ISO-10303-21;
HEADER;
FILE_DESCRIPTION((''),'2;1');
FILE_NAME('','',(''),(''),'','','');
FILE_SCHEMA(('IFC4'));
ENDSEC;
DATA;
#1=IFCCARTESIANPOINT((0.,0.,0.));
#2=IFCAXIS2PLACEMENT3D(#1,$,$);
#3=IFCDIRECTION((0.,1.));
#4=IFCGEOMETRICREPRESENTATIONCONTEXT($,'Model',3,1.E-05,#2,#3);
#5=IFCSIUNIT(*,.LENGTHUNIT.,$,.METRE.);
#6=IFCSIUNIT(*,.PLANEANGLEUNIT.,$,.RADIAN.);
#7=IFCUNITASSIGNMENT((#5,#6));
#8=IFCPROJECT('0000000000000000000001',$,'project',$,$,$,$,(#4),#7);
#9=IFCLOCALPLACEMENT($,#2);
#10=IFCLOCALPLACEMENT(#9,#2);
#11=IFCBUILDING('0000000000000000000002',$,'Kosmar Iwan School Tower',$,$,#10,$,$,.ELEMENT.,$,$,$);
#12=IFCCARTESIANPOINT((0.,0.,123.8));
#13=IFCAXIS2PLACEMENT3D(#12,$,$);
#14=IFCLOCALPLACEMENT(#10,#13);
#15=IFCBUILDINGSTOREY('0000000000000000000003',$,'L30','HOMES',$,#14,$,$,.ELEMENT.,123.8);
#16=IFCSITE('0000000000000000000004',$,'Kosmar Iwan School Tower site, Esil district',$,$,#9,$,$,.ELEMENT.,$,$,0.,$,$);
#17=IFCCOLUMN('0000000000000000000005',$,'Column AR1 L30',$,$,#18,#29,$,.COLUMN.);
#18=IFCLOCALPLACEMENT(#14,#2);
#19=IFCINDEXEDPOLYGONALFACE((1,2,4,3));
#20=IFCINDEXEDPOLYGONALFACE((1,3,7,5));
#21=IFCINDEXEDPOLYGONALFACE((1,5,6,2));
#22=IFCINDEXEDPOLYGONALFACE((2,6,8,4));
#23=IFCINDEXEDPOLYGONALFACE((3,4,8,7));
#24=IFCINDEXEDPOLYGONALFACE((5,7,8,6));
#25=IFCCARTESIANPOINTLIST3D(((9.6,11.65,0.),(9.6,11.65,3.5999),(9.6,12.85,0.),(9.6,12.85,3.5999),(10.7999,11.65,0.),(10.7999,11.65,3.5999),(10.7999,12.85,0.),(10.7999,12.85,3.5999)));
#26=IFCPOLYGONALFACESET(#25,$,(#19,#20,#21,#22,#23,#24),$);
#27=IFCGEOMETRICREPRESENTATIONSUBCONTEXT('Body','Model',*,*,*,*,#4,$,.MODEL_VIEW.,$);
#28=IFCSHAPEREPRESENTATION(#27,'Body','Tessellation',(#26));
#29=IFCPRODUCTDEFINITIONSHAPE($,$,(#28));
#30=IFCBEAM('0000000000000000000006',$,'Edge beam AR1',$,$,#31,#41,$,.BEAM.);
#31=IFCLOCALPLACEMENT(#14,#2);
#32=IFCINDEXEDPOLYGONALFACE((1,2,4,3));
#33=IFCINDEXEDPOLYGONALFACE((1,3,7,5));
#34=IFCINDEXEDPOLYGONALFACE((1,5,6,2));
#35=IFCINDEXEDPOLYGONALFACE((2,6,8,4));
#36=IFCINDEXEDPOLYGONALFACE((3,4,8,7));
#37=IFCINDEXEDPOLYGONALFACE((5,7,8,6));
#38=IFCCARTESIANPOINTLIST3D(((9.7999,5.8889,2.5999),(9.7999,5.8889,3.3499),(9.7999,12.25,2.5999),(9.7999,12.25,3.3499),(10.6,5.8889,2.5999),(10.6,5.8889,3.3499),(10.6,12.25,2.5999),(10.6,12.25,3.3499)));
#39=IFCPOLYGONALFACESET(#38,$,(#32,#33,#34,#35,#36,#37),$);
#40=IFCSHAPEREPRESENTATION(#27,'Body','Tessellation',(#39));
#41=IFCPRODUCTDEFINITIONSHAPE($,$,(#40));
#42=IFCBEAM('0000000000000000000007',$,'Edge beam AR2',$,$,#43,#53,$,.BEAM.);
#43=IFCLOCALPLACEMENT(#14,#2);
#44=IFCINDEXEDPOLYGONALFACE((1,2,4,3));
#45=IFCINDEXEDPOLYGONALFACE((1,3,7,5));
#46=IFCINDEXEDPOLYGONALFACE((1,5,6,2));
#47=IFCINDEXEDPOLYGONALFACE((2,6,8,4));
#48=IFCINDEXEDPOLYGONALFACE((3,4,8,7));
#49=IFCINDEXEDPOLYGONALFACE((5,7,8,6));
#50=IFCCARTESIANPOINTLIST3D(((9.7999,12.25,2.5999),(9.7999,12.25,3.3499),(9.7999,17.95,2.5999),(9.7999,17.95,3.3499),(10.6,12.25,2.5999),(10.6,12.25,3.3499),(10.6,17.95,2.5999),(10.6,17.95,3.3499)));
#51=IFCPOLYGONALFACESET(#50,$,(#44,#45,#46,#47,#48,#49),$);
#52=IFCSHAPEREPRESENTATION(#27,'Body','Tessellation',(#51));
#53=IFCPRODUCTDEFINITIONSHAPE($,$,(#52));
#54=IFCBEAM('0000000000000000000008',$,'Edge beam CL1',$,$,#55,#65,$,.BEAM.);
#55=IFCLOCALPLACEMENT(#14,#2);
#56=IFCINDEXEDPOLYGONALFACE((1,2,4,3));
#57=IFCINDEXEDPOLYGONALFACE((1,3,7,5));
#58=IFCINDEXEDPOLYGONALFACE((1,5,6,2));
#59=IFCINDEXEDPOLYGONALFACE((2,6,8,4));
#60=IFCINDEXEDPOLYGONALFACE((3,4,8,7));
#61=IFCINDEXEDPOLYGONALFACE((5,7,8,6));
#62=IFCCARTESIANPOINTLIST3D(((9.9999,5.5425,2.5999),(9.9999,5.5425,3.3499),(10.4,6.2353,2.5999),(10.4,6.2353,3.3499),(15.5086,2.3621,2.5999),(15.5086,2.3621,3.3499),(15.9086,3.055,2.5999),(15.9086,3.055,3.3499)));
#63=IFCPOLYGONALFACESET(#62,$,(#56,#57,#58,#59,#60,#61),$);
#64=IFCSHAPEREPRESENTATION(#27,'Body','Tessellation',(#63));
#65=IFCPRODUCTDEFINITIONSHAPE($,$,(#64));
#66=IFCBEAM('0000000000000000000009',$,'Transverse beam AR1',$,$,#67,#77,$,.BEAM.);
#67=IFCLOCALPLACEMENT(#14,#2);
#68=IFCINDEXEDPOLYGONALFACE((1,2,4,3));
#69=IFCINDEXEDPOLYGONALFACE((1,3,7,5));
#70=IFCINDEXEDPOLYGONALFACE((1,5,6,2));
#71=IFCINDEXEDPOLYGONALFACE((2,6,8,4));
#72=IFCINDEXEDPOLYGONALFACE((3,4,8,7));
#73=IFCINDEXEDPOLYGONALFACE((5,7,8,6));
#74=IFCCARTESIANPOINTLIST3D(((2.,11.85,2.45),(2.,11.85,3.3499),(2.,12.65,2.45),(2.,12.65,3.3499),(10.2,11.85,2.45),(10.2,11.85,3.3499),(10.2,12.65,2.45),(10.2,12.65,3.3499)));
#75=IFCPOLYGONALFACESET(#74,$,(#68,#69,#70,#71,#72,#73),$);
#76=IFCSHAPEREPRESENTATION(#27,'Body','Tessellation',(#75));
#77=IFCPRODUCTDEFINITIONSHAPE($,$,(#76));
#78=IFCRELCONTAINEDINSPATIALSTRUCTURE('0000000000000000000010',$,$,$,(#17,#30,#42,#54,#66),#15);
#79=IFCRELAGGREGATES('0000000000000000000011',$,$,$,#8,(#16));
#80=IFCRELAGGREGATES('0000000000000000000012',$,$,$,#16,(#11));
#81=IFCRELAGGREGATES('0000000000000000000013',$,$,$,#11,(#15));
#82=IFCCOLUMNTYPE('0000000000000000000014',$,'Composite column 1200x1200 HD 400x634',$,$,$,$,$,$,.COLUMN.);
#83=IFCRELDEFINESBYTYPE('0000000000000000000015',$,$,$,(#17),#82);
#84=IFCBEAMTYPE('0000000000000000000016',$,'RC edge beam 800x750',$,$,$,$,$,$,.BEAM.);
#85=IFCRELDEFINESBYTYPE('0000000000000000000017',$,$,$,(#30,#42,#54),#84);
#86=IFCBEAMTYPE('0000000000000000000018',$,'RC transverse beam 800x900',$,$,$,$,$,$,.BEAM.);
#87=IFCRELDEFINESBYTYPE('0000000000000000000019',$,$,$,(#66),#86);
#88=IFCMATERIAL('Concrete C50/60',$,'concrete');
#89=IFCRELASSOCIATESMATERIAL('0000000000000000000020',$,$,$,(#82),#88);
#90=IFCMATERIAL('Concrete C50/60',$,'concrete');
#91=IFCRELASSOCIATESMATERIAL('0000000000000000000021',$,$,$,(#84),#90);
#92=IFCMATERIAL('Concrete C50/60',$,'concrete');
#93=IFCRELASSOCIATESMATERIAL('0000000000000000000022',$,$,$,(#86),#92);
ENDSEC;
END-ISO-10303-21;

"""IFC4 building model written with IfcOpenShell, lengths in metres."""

from ifc_helpers import new_model, si_unit, direction, frame, origin, origin_2d, place, context, subcontext, project, spatial, rectangle, extrude, material, material_profile, profile_set, type_object, element, save


model = new_model("IFC4")

# Units and contexts
model_context = context("Model", 3, precision=1e-05, world=origin(), true_north=direction((0.0, 1.0)))
body_context = subcontext(model_context, "Body", "Model", "MODEL_VIEW")
ifc_project = project(units=[si_unit("LENGTHUNIT", "METRE"), si_unit("PLANEANGLEUNIT", "RADIAN")], contexts=[model_context])

# Site, building, storey
site_placement = place(None, origin())
site = spatial("IfcSite", under=ifc_project, at=site_placement, Name="Kosmar Iwan School Tower site, Esil district", CompositionType="ELEMENT", RefElevation=0.0)
building_placement = place(site_placement, origin())
building = spatial("IfcBuilding", under=site, at=building_placement, Name="Kosmar Iwan School Tower", CompositionType="ELEMENT")
storey_placement = place(building_placement, frame((0.0, 0.0, 123.8)))
storey = spatial("IfcBuildingStorey", under=building, at=storey_placement, Name="L30", Description="HOMES", CompositionType="ELEMENT", Elevation=123.8)

# Column
ifc_material_1 = material(Name="Concrete C50/60", Category="concrete")
ifc_material_profile_1 = material_profile(ifc_material_1, rectangle(XDim=1.2, YDim=1.2, at=origin_2d()), Name="RC 1200x1200 + HD 400x634")
ifc_profile_set_1 = profile_set([ifc_material_profile_1], Name="Concrete C50/60")
column_type = type_object("IfcColumnType", Name="Composite column 1200x1200 HD 400x634", PredefinedType="COLUMN", material=ifc_profile_set_1)
column_placement = place(storey_placement, frame((10.2, 12.25, 0.0), z_axis=(0.0, 0.0, 1.0), x_axis=(0.0, 1.0, 0.0)))
element("IfcColumn", 1, at=column_placement, inside=storey, type_object=column_type, Name="Column AR1 L30", PredefinedType="COLUMN", context=body_context, shape_type="SweptSolid", body=[
    extrude(rectangle(XDim=1.2, YDim=1.2, at=origin_2d()), origin(), (0.0, 0.0, 1.0), 3.5999),
])

# Beams
ifc_material_2 = material(Name="Concrete C50/60", Category="concrete")
ifc_material_profile_2 = material_profile(ifc_material_2, rectangle(XDim=0.8, YDim=0.75, at=origin_2d()), Name="RC 800x750")
ifc_profile_set_2 = profile_set([ifc_material_profile_2], Name="Concrete C50/60")
beam_type_1 = type_object("IfcBeamType", Name="RC edge beam 800x750", PredefinedType="BEAM", material=ifc_profile_set_2)
beam_1_placement = place(storey_placement, frame((10.2, 5.8889, 2.9749), z_axis=(0.0, 1.0, 0.0), x_axis=(-1.0, 0.0, 0.0)))
element("IfcBeam", 2, at=beam_1_placement, inside=storey, type_object=beam_type_1, Name="Edge beam AR1", PredefinedType="BEAM", context=body_context, shape_type="SweptSolid", body=[
    extrude(rectangle(XDim=0.8, YDim=0.75, at=origin_2d()), origin(), (0.0, 0.0, 1.0), 6.3611),
])
beam_2_placement = place(storey_placement, frame((10.2, 12.25, 2.9749), z_axis=(0.0, 1.0, 0.0), x_axis=(-1.0, 0.0, 0.0)))
element("IfcBeam", 3, at=beam_2_placement, inside=storey, type_object=beam_type_1, Name="Edge beam AR2", PredefinedType="BEAM", context=body_context, shape_type="SweptSolid", body=[
    extrude(rectangle(XDim=0.8, YDim=0.75, at=origin_2d()), origin(), (0.0, 0.0, 1.0), 5.7),
])
beam_3_placement = place(storey_placement, frame((10.2, 5.8889, 2.9749), z_axis=(0.866031, -0.49999, 0.0), x_axis=(0.49999, 0.866031, 0.0)))
element("IfcBeam", 4, at=beam_3_placement, inside=storey, type_object=beam_type_1, Name="Edge beam CL1", PredefinedType="BEAM", context=body_context, shape_type="SweptSolid", body=[
    extrude(rectangle(XDim=0.8, YDim=0.75, at=origin_2d()), origin(), (0.0, 0.0, 1.0), 6.3608),
])
ifc_material_3 = material(Name="Concrete C50/60", Category="concrete")
ifc_material_profile_3 = material_profile(ifc_material_3, rectangle(XDim=0.8, YDim=0.8999, at=origin_2d()), Name="RC 800x900")
ifc_profile_set_3 = profile_set([ifc_material_profile_3], Name="Concrete C50/60")
beam_type_2 = type_object("IfcBeamType", Name="RC transverse beam 800x900", PredefinedType="BEAM", material=ifc_profile_set_3)
beam_4_placement = place(storey_placement, frame((10.2, 12.25, 2.8999), z_axis=(-1.0, 0.0, 0.0), x_axis=(0.0, -1.0, 0.0)))
element("IfcBeam", 5, at=beam_4_placement, inside=storey, type_object=beam_type_2, Name="Transverse beam AR1", PredefinedType="BEAM", context=body_context, shape_type="SweptSolid", body=[
    extrude(rectangle(XDim=0.8, YDim=0.8999, at=origin_2d()), origin(), (0.0, 0.0, 1.0), 8.2),
])

save(model, "model.ifc")
